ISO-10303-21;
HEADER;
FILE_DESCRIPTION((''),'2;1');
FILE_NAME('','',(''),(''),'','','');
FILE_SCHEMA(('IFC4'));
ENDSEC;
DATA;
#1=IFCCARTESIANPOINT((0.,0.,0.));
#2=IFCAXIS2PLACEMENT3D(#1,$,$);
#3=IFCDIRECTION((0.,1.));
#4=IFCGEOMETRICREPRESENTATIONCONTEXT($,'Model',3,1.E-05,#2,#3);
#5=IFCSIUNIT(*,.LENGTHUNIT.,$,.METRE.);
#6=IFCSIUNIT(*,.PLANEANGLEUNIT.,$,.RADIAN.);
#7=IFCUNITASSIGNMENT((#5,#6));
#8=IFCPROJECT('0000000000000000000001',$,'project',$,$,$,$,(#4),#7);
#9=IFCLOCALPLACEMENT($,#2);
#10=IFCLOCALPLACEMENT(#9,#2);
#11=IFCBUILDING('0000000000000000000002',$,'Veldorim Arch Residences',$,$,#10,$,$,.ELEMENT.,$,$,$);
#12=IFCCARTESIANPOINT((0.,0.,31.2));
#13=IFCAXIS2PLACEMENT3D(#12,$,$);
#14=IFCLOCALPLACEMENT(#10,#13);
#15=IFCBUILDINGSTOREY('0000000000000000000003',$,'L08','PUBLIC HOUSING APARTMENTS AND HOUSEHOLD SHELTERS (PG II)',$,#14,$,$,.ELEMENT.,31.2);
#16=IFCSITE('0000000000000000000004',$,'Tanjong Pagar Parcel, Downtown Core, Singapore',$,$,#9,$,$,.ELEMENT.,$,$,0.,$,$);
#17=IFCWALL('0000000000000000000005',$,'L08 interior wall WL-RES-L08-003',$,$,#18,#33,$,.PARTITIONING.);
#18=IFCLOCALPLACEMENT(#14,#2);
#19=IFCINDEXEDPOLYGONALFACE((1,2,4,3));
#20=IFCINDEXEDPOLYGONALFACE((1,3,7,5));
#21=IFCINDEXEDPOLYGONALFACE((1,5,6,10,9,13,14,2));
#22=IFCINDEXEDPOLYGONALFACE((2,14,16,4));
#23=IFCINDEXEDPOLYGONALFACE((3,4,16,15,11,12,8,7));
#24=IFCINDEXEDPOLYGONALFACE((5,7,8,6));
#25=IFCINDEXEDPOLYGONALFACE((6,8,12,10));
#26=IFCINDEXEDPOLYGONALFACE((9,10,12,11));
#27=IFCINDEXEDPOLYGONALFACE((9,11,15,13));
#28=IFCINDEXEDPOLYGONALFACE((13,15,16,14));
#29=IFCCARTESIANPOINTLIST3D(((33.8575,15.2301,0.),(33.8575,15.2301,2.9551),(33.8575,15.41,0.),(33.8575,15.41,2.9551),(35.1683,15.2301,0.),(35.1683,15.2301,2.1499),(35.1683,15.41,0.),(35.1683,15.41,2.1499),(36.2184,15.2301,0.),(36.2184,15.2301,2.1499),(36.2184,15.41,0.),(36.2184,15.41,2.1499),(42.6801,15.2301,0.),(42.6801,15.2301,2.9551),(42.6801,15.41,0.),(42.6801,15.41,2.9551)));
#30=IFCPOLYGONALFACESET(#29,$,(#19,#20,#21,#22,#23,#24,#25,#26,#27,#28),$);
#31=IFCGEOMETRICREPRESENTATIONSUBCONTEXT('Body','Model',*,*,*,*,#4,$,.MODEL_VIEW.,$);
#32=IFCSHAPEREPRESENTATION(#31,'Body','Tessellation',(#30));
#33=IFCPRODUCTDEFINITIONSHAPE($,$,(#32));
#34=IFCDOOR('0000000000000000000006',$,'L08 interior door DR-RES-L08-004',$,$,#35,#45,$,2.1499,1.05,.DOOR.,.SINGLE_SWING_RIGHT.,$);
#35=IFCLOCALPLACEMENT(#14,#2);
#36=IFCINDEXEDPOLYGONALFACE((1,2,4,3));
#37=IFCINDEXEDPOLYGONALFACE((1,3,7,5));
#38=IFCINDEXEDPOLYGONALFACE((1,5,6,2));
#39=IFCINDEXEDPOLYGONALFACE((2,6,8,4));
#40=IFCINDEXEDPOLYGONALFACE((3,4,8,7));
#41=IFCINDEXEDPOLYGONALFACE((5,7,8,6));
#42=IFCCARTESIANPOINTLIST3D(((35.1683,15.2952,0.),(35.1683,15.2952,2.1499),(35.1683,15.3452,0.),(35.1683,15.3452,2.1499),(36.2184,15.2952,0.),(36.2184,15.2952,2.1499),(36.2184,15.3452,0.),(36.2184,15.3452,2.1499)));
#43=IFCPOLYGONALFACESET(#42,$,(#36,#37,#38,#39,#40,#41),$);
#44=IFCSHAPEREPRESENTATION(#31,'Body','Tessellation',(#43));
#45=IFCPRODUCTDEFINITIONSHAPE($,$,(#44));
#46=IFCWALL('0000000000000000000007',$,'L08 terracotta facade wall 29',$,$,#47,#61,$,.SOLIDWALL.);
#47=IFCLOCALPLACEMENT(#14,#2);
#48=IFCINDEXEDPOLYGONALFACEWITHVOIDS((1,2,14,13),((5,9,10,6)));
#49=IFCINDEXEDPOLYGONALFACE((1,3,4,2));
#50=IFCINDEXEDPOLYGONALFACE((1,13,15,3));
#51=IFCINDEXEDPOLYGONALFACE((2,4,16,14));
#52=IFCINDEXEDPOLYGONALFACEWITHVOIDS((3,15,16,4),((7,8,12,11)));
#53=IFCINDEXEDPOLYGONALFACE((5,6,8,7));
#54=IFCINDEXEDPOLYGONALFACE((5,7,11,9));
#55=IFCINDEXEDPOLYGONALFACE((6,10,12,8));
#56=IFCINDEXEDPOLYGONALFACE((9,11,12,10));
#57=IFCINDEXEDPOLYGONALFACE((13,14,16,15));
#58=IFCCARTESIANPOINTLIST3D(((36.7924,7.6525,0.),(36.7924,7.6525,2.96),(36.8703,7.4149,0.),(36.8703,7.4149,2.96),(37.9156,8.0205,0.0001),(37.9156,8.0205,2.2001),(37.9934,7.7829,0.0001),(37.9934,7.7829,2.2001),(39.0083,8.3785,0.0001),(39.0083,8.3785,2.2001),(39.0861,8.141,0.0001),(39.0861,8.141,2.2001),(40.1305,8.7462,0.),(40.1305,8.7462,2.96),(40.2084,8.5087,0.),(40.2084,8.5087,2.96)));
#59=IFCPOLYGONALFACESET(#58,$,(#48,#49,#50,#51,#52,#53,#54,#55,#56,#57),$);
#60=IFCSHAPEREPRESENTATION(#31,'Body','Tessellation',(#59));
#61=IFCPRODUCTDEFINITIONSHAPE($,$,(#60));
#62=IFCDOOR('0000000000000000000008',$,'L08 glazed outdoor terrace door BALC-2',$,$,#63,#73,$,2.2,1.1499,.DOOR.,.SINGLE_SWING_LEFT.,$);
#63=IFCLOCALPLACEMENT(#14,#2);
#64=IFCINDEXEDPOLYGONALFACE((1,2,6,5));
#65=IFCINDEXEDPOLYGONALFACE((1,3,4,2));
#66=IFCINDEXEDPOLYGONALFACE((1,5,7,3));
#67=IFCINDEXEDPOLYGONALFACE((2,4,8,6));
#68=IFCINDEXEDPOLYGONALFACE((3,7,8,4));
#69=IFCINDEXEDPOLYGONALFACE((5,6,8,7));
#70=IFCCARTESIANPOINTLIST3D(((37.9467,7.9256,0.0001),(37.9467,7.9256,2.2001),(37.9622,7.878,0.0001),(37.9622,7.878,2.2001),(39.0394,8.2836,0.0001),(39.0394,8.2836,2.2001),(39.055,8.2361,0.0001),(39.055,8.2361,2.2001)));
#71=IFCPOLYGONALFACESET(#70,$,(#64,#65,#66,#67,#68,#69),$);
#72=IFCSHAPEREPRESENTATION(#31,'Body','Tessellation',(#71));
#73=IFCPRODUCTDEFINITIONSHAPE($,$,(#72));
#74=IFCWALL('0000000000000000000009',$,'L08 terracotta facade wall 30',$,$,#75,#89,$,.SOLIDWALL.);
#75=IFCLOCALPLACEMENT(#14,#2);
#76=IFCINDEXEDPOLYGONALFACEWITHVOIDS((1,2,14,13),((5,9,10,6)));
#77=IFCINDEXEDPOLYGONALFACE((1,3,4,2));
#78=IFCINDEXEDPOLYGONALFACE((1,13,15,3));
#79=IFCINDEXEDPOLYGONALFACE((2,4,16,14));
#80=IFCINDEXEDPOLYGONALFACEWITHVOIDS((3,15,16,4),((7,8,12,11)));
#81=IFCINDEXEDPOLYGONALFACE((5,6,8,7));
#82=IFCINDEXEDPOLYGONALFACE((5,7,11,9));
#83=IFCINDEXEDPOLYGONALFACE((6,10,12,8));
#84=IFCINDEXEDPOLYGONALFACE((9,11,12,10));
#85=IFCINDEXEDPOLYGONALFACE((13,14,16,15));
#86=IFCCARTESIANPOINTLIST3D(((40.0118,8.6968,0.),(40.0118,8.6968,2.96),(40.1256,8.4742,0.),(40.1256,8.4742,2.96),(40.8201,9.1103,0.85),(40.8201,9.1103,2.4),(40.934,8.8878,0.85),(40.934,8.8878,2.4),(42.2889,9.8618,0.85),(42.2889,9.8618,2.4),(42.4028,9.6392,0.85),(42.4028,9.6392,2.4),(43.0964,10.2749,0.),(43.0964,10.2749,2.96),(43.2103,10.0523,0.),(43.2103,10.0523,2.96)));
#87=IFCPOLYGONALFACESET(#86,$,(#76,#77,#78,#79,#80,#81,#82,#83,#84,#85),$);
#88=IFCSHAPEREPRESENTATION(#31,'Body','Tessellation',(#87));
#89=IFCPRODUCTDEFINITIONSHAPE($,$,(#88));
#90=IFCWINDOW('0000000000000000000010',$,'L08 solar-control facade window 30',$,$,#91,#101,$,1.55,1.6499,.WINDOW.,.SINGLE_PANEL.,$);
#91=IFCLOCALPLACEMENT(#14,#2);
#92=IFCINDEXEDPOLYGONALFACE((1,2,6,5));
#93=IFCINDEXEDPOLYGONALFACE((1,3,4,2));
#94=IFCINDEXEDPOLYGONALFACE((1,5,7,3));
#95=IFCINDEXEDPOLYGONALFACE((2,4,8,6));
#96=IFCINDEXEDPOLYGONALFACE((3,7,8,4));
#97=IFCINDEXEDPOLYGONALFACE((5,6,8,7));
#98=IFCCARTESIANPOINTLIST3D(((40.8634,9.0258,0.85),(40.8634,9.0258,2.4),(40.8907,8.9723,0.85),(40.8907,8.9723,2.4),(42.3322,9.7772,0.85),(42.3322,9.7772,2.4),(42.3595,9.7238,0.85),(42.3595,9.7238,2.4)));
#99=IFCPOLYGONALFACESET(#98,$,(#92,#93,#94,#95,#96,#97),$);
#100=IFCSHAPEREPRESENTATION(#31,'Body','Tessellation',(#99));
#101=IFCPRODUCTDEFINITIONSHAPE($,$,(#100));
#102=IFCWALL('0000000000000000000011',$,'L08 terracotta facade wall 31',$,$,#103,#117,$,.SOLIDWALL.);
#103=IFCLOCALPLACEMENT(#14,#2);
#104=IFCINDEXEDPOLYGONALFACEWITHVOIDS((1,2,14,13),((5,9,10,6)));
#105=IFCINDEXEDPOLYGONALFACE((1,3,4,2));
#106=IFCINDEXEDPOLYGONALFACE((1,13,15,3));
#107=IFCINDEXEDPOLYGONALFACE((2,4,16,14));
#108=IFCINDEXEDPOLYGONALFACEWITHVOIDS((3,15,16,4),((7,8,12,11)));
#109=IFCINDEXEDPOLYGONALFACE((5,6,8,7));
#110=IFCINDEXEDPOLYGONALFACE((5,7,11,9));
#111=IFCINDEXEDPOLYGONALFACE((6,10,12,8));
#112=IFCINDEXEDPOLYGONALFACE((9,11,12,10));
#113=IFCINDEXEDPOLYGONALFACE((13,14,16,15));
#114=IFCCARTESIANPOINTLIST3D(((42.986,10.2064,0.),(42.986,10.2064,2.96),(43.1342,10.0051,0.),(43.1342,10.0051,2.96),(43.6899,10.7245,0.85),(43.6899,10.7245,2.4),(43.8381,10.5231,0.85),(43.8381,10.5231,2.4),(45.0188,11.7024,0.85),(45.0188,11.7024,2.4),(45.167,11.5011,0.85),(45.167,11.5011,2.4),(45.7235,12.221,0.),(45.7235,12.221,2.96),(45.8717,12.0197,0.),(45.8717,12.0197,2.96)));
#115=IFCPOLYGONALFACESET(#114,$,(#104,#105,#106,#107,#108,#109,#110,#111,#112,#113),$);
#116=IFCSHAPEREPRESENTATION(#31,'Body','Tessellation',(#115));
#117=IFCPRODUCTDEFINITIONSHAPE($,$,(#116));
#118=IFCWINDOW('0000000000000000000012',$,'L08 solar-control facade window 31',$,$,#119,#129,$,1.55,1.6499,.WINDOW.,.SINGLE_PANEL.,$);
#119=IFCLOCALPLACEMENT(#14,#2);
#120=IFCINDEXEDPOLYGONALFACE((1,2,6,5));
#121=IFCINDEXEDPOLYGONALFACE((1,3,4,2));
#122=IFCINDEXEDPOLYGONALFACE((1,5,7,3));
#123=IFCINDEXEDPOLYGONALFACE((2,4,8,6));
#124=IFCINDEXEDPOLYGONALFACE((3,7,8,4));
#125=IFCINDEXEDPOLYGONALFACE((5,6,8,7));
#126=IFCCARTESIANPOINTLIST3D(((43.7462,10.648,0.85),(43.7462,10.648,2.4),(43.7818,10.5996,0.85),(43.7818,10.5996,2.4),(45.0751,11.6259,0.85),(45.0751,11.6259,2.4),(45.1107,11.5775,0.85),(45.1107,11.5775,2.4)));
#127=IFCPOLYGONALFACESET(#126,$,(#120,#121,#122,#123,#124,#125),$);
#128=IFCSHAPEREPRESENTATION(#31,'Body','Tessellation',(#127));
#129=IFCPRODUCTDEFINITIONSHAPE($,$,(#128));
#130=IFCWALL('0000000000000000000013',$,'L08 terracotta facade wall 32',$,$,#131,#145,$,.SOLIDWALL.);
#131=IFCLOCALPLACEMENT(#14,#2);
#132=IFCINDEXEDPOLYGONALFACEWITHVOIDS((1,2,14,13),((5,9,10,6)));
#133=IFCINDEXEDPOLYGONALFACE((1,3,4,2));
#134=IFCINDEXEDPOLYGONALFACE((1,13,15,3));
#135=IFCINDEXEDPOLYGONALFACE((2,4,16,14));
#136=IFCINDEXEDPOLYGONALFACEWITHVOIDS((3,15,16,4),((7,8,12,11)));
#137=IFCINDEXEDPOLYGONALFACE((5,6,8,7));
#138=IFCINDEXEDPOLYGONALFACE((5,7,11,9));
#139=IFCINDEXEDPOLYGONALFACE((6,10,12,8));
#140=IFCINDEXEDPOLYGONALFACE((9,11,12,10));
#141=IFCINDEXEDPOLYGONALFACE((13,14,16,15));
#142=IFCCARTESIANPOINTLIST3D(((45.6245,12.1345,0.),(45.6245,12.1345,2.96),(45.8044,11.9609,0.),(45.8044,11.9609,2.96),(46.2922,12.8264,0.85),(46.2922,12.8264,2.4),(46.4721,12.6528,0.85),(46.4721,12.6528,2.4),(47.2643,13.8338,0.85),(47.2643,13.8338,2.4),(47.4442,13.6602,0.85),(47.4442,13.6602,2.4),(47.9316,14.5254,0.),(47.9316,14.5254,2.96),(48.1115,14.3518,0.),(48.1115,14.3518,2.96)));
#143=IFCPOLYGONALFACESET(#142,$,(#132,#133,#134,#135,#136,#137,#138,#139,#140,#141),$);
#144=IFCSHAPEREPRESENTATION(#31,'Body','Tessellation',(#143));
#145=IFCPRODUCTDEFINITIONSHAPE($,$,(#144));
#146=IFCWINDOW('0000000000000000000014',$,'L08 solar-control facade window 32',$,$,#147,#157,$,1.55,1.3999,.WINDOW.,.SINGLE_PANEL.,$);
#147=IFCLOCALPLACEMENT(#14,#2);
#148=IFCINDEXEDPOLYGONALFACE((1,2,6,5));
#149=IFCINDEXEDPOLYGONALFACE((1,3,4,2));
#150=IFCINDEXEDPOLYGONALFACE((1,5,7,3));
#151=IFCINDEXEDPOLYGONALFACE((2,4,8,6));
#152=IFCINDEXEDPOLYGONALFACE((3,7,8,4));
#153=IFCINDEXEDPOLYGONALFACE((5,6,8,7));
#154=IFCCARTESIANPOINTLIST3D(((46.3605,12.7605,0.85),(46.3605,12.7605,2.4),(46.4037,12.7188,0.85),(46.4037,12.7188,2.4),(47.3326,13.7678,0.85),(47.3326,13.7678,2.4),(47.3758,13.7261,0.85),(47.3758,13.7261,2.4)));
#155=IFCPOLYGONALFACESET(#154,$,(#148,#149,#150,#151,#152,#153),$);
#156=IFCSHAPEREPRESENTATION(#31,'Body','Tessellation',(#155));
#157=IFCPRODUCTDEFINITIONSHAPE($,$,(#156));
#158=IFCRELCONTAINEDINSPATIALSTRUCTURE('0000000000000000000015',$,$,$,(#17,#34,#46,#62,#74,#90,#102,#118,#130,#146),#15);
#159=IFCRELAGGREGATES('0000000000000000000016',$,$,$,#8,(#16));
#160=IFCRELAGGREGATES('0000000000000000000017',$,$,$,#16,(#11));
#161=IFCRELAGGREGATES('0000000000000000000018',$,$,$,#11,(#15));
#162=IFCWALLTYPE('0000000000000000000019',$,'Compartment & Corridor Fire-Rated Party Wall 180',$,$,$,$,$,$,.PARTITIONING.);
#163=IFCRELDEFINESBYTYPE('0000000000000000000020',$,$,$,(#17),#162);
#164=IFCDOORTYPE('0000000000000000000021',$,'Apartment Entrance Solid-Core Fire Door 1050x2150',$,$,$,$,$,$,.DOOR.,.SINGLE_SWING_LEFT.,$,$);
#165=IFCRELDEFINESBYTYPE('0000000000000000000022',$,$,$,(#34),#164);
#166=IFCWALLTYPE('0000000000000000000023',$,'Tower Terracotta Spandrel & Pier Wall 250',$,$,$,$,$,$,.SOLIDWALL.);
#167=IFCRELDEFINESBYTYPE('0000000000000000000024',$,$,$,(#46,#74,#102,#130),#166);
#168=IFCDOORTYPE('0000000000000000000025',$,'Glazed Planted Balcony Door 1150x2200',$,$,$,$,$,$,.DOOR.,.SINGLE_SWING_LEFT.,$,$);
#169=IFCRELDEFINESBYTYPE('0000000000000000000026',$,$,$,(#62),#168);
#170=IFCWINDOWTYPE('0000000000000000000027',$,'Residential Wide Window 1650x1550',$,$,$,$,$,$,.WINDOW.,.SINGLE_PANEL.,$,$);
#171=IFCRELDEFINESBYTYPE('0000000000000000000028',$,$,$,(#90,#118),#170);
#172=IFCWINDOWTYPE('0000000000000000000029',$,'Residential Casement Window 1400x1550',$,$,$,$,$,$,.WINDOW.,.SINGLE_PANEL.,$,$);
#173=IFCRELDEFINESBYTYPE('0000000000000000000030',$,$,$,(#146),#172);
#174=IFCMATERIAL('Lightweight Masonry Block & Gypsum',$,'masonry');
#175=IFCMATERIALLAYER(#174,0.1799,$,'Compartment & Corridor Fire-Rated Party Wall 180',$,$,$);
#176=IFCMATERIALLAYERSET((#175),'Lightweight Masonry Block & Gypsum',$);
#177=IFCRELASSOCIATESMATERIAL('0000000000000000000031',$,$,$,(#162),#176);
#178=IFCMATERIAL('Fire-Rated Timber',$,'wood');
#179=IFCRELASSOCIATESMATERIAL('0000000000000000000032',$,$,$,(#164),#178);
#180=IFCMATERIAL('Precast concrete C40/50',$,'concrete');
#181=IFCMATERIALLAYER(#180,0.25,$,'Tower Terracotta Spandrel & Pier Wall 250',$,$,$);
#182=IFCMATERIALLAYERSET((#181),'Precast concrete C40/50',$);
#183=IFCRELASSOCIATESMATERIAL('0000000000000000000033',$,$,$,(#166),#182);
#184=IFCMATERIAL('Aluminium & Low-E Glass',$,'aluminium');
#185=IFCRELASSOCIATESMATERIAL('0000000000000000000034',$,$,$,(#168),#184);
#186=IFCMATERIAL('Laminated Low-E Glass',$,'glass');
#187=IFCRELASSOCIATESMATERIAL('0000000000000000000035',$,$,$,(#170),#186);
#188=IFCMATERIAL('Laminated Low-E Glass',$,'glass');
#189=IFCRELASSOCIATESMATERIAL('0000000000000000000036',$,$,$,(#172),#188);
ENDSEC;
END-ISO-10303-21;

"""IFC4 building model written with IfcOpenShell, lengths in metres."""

from ifc_helpers import new_model, si_unit, direction, frame, frame_2d, origin, place, context, subcontext, project, spatial, rectangle, extrude, material, layer, layer_set, type_object, element, fill, save


model = new_model("IFC4")

# Units and contexts
model_context = context("Model", 3, precision=1e-05, world=origin(), true_north=direction((0.0, 1.0)))
body_context = subcontext(model_context, "Body", "Model", "MODEL_VIEW")
ifc_project = project(units=[si_unit("LENGTHUNIT", "METRE"), si_unit("PLANEANGLEUNIT", "RADIAN")], contexts=[model_context])

# Site, building, storey
site_placement = place(None, origin())
site = spatial("IfcSite", under=ifc_project, at=site_placement, Name="Tanjong Pagar Parcel, Downtown Core, Singapore", CompositionType="ELEMENT", RefElevation=0.0)
building_placement = place(site_placement, origin())
building = spatial("IfcBuilding", under=site, at=building_placement, Name="Veldorim Arch Residences", CompositionType="ELEMENT")
storey_placement = place(building_placement, frame((0.0, 0.0, 31.2)))
storey = spatial("IfcBuildingStorey", under=building, at=storey_placement, Name="L08", Description="PUBLIC HOUSING APARTMENTS AND HOUSEHOLD SHELTERS (PG II)", CompositionType="ELEMENT", Elevation=31.2)

# Shared definitions
ifc_material_1 = material(Name="Lightweight Masonry Block & Gypsum", Category="masonry")
ifc_layer_1 = layer(ifc_material_1, 0.1799, Name="Compartment & Corridor Fire-Rated Party Wall 180")
ifc_layer_set_1 = layer_set([ifc_layer_1], Name="Lightweight Masonry Block & Gypsum")
wall_type_1 = type_object("IfcWallType", Name="Compartment & Corridor Fire-Rated Party Wall 180", PredefinedType="PARTITIONING", material=ifc_layer_set_1)

# Wall, opening, door
wall_1_placement = place(storey_placement, frame((42.6799, 15.3201, 0.0), z_axis=(0.0, 0.0, 1.0), x_axis=(-1.0, 0.0, 0.0)))
wall_1 = element("IfcWall", 1, at=wall_1_placement, inside=storey, type_object=wall_type_1, Name="L08 interior wall WL-RES-L08-003", PredefinedType="PARTITIONING", context=body_context, shape_type="SweptSolid", body=[
    extrude(rectangle(XDim=8.8225, YDim=0.1799, at=frame_2d((4.4111, 0.0))), origin(), (0.0, 0.0, 1.0), 2.9551),
])
opening_1_placement = place(wall_1_placement, frame((6.4617, 0.0, 0.0)))
opening_1 = element("IfcOpeningElement", 2, at=opening_1_placement, cuts=wall_1, PredefinedType="OPENING", context=body_context, shape_type="SweptSolid", body=[
    extrude(rectangle(XDim=1.05, YDim=2.1499, at=frame_2d((0.5249, 1.075))), frame((0.0, 0.0999, 0.0), z_axis=(0.0, -1.0, 0.0), x_axis=(1.0, 0.0, 0.0)), (0.0, 0.0, 1.0), 0.2),
])
ifc_material_2 = material(Name="Fire-Rated Timber", Category="wood")
door_type_1 = type_object("IfcDoorType", Name="Apartment Entrance Solid-Core Fire Door 1050x2150", OperationType="SINGLE_SWING_LEFT", PredefinedType="DOOR", material=ifc_material_2)
door_1_placement = place(opening_1_placement, origin())
door_1 = element("IfcDoor", 3, at=door_1_placement, inside=storey, type_object=door_type_1, Name="L08 interior door DR-RES-L08-004", OperationType="SINGLE_SWING_RIGHT", OverallHeight=2.1499, OverallWidth=1.05, PredefinedType="DOOR", context=body_context, shape_type="SweptSolid", body=[
    extrude(rectangle(XDim=1.05, YDim=2.1499, at=frame_2d((0.5249, 1.075))), frame((0.0, 0.0249, 0.0), z_axis=(0.0, -1.0, 0.0), x_axis=(1.0, 0.0, 0.0)), (0.0, 0.0, 1.0), 0.05),
])
fill(opening_1, door_1)

# Wall, opening, door
ifc_material_3 = material(Name="Precast concrete C40/50", Category="concrete")
ifc_layer_2 = layer(ifc_material_3, 0.25, Name="Tower Terracotta Spandrel & Pier Wall 250")
ifc_layer_set_2 = layer_set([ifc_layer_2], Name="Precast concrete C40/50")
wall_type_2 = type_object("IfcWallType", Name="Tower Terracotta Spandrel & Pier Wall 250", PredefinedType="SOLIDWALL", material=ifc_layer_set_2)
wall_2_placement = place(storey_placement, frame((40.1694, 8.6274, 0.0), z_axis=(0.0, 0.0, 1.0), x_axis=(-0.95029, -0.311365, 0.0)))
wall_2 = element("IfcWall", 4, at=wall_2_placement, inside=storey, type_object=wall_type_2, Name="L08 terracotta facade wall 29", PredefinedType="SOLIDWALL", context=body_context, shape_type="SweptSolid", body=[
    extrude(rectangle(XDim=3.5127, YDim=0.25, at=frame_2d((1.7563, 0.0))), origin(), (0.0, 0.0, 1.0), 2.96),
])
opening_2_placement = place(wall_2_placement, frame((1.1809, 0.0, 0.0)))
opening_2 = element("IfcOpeningElement", 5, at=opening_2_placement, cuts=wall_2, PredefinedType="OPENING", context=body_context, shape_type="SweptSolid", body=[
    extrude(rectangle(XDim=1.1499, YDim=2.2, at=frame_2d((0.575, 1.1001))), frame((0.0, 0.135, 0.0), z_axis=(0.0, -1.0, 0.0), x_axis=(1.0, 0.0, 0.0)), (0.0, 0.0, 1.0), 0.27),
])
ifc_material_4 = material(Name="Aluminium & Low-E Glass", Category="aluminium")
door_type_2 = type_object("IfcDoorType", Name="Glazed Planted Balcony Door 1150x2200", OperationType="SINGLE_SWING_LEFT", PredefinedType="DOOR", material=ifc_material_4)
door_2_placement = place(opening_2_placement, origin())
door_2 = element("IfcDoor", 6, at=door_2_placement, inside=storey, type_object=door_type_2, Name="L08 glazed outdoor terrace door BALC-2", OperationType="SINGLE_SWING_LEFT", OverallHeight=2.2, OverallWidth=1.1499, PredefinedType="DOOR", context=body_context, shape_type="SweptSolid", body=[
    extrude(rectangle(XDim=1.1499, YDim=2.2, at=frame_2d((0.575, 1.1001))), frame((0.0, 0.0249, 0.0), z_axis=(0.0, -1.0, 0.0), x_axis=(1.0, 0.0, 0.0)), (0.0, 0.0, 1.0), 0.05),
])
fill(opening_2, door_2)

# Walls, openings, windows
wall_3_placement = place(storey_placement, frame((43.1533, 10.1636, 0.0), z_axis=(0.0, 0.0, 1.0), x_axis=(-0.89026, -0.455452, 0.0)))
wall_3 = element("IfcWall", 7, at=wall_3_placement, inside=storey, type_object=wall_type_2, Name="L08 terracotta facade wall 30", PredefinedType="SOLIDWALL", context=body_context, shape_type="SweptSolid", body=[
    extrude(rectangle(XDim=3.4648, YDim=0.25, at=frame_2d((1.7324, 0.0))), origin(), (0.0, 0.0, 1.0), 2.96),
])
opening_3_placement = place(wall_3_placement, frame((0.907, 0.0, 0.8501)))
opening_3 = element("IfcOpeningElement", 8, at=opening_3_placement, cuts=wall_3, PredefinedType="OPENING", context=body_context, shape_type="SweptSolid", body=[
    extrude(rectangle(XDim=1.6499, YDim=1.55, at=frame_2d((0.825, 0.7749))), frame((0.0, 0.135, 0.0), z_axis=(0.0, -1.0, 0.0), x_axis=(1.0, 0.0, 0.0)), (0.0, 0.0, 1.0), 0.27),
])
ifc_material_5 = material(Name="Laminated Low-E Glass", Category="glass")
window_type_1 = type_object("IfcWindowType", Name="Residential Wide Window 1650x1550", PartitioningType="SINGLE_PANEL", PredefinedType="WINDOW", material=ifc_material_5)
window_1_placement = place(opening_3_placement, origin())
window_1 = element("IfcWindow", 9, at=window_1_placement, inside=storey, type_object=window_type_1, Name="L08 solar-control facade window 30", OverallHeight=1.55, OverallWidth=1.6499, PartitioningType="SINGLE_PANEL", PredefinedType="WINDOW", context=body_context, shape_type="SweptSolid", body=[
    extrude(rectangle(XDim=1.6499, YDim=1.55, at=frame_2d((0.825, 0.7749))), frame((0.0, 0.03, 0.0), z_axis=(0.0, -1.0, 0.0), x_axis=(1.0, 0.0, 0.0)), (0.0, 0.0, 1.0), 0.0601),
])
fill(opening_3, window_1)
wall_4_placement = place(storey_placement, frame((45.7976, 12.1204, 0.0), z_axis=(0.0, 0.0, 1.0), x_axis=(-0.805406, -0.592724, 0.0)))
wall_4 = element("IfcWall", 10, at=wall_4_placement, inside=storey, type_object=wall_type_2, Name="L08 terracotta facade wall 31", PredefinedType="SOLIDWALL", context=body_context, shape_type="SweptSolid", body=[
    extrude(rectangle(XDim=3.3989, YDim=0.25, at=frame_2d((1.6995, 0.0))), origin(), (0.0, 0.0, 1.0), 2.96),
])
opening_4_placement = place(wall_4_placement, frame((0.875, 0.0, 0.8501)))
opening_4 = element("IfcOpeningElement", 11, at=opening_4_placement, cuts=wall_4, PredefinedType="OPENING", context=body_context, shape_type="SweptSolid", body=[
    extrude(rectangle(XDim=1.6499, YDim=1.55, at=frame_2d((0.825, 0.7749))), frame((0.0, 0.135, 0.0), z_axis=(0.0, -1.0, 0.0), x_axis=(1.0, 0.0, 0.0)), (0.0, 0.0, 1.0), 0.27),
])
window_2_placement = place(opening_4_placement, origin())
window_2 = element("IfcWindow", 12, at=window_2_placement, inside=storey, type_object=window_type_1, Name="L08 solar-control facade window 31", OverallHeight=1.55, OverallWidth=1.6499, PartitioningType="SINGLE_PANEL", PredefinedType="WINDOW", context=body_context, shape_type="SweptSolid", body=[
    extrude(rectangle(XDim=1.6499, YDim=1.55, at=frame_2d((0.825, 0.7749))), frame((0.0, 0.03, 0.0), z_axis=(0.0, -1.0, 0.0), x_axis=(1.0, 0.0, 0.0)), (0.0, 0.0, 1.0), 0.0601),
])
fill(opening_4, window_2)
wall_5_placement = place(storey_placement, frame((48.0215, 14.4385, 0.0), z_axis=(0.0, 0.0, 1.0), x_axis=(-0.694393, -0.719596, 0.0)))
wall_5 = element("IfcWall", 13, at=wall_5_placement, inside=storey, type_object=wall_type_2, Name="L08 terracotta facade wall 32", PredefinedType="SOLIDWALL", context=body_context, shape_type="SweptSolid", body=[
    extrude(rectangle(XDim=3.3225, YDim=0.25, at=frame_2d((1.6611, 0.0))), origin(), (0.0, 0.0, 1.0), 2.96),
])
opening_5_placement = place(wall_5_placement, frame((0.9609, 0.0, 0.8501)))
opening_5 = element("IfcOpeningElement", 14, at=opening_5_placement, cuts=wall_5, PredefinedType="OPENING", context=body_context, shape_type="SweptSolid", body=[
    extrude(rectangle(XDim=1.3999, YDim=1.55, at=frame_2d((0.7, 0.7749))), frame((0.0, 0.135, 0.0), z_axis=(0.0, -1.0, 0.0), x_axis=(1.0, 0.0, 0.0)), (0.0, 0.0, 1.0), 0.27),
])
ifc_material_6 = material(Name="Laminated Low-E Glass", Category="glass")
window_type_2 = type_object("IfcWindowType", Name="Residential Casement Window 1400x1550", PartitioningType="SINGLE_PANEL", PredefinedType="WINDOW", material=ifc_material_6)
window_3_placement = place(opening_5_placement, origin())
window_3 = element("IfcWindow", 15, at=window_3_placement, inside=storey, type_object=window_type_2, Name="L08 solar-control facade window 32", OverallHeight=1.55, OverallWidth=1.3999, PartitioningType="SINGLE_PANEL", PredefinedType="WINDOW", context=body_context, shape_type="SweptSolid", body=[
    extrude(rectangle(XDim=1.3999, YDim=1.55, at=frame_2d((0.7, 0.7749))), frame((0.0, 0.03, 0.0), z_axis=(0.0, -1.0, 0.0), x_axis=(1.0, 0.0, 0.0)), (0.0, 0.0, 1.0), 0.0601),
])
fill(opening_5, window_3)

save(model, "model.ifc")
